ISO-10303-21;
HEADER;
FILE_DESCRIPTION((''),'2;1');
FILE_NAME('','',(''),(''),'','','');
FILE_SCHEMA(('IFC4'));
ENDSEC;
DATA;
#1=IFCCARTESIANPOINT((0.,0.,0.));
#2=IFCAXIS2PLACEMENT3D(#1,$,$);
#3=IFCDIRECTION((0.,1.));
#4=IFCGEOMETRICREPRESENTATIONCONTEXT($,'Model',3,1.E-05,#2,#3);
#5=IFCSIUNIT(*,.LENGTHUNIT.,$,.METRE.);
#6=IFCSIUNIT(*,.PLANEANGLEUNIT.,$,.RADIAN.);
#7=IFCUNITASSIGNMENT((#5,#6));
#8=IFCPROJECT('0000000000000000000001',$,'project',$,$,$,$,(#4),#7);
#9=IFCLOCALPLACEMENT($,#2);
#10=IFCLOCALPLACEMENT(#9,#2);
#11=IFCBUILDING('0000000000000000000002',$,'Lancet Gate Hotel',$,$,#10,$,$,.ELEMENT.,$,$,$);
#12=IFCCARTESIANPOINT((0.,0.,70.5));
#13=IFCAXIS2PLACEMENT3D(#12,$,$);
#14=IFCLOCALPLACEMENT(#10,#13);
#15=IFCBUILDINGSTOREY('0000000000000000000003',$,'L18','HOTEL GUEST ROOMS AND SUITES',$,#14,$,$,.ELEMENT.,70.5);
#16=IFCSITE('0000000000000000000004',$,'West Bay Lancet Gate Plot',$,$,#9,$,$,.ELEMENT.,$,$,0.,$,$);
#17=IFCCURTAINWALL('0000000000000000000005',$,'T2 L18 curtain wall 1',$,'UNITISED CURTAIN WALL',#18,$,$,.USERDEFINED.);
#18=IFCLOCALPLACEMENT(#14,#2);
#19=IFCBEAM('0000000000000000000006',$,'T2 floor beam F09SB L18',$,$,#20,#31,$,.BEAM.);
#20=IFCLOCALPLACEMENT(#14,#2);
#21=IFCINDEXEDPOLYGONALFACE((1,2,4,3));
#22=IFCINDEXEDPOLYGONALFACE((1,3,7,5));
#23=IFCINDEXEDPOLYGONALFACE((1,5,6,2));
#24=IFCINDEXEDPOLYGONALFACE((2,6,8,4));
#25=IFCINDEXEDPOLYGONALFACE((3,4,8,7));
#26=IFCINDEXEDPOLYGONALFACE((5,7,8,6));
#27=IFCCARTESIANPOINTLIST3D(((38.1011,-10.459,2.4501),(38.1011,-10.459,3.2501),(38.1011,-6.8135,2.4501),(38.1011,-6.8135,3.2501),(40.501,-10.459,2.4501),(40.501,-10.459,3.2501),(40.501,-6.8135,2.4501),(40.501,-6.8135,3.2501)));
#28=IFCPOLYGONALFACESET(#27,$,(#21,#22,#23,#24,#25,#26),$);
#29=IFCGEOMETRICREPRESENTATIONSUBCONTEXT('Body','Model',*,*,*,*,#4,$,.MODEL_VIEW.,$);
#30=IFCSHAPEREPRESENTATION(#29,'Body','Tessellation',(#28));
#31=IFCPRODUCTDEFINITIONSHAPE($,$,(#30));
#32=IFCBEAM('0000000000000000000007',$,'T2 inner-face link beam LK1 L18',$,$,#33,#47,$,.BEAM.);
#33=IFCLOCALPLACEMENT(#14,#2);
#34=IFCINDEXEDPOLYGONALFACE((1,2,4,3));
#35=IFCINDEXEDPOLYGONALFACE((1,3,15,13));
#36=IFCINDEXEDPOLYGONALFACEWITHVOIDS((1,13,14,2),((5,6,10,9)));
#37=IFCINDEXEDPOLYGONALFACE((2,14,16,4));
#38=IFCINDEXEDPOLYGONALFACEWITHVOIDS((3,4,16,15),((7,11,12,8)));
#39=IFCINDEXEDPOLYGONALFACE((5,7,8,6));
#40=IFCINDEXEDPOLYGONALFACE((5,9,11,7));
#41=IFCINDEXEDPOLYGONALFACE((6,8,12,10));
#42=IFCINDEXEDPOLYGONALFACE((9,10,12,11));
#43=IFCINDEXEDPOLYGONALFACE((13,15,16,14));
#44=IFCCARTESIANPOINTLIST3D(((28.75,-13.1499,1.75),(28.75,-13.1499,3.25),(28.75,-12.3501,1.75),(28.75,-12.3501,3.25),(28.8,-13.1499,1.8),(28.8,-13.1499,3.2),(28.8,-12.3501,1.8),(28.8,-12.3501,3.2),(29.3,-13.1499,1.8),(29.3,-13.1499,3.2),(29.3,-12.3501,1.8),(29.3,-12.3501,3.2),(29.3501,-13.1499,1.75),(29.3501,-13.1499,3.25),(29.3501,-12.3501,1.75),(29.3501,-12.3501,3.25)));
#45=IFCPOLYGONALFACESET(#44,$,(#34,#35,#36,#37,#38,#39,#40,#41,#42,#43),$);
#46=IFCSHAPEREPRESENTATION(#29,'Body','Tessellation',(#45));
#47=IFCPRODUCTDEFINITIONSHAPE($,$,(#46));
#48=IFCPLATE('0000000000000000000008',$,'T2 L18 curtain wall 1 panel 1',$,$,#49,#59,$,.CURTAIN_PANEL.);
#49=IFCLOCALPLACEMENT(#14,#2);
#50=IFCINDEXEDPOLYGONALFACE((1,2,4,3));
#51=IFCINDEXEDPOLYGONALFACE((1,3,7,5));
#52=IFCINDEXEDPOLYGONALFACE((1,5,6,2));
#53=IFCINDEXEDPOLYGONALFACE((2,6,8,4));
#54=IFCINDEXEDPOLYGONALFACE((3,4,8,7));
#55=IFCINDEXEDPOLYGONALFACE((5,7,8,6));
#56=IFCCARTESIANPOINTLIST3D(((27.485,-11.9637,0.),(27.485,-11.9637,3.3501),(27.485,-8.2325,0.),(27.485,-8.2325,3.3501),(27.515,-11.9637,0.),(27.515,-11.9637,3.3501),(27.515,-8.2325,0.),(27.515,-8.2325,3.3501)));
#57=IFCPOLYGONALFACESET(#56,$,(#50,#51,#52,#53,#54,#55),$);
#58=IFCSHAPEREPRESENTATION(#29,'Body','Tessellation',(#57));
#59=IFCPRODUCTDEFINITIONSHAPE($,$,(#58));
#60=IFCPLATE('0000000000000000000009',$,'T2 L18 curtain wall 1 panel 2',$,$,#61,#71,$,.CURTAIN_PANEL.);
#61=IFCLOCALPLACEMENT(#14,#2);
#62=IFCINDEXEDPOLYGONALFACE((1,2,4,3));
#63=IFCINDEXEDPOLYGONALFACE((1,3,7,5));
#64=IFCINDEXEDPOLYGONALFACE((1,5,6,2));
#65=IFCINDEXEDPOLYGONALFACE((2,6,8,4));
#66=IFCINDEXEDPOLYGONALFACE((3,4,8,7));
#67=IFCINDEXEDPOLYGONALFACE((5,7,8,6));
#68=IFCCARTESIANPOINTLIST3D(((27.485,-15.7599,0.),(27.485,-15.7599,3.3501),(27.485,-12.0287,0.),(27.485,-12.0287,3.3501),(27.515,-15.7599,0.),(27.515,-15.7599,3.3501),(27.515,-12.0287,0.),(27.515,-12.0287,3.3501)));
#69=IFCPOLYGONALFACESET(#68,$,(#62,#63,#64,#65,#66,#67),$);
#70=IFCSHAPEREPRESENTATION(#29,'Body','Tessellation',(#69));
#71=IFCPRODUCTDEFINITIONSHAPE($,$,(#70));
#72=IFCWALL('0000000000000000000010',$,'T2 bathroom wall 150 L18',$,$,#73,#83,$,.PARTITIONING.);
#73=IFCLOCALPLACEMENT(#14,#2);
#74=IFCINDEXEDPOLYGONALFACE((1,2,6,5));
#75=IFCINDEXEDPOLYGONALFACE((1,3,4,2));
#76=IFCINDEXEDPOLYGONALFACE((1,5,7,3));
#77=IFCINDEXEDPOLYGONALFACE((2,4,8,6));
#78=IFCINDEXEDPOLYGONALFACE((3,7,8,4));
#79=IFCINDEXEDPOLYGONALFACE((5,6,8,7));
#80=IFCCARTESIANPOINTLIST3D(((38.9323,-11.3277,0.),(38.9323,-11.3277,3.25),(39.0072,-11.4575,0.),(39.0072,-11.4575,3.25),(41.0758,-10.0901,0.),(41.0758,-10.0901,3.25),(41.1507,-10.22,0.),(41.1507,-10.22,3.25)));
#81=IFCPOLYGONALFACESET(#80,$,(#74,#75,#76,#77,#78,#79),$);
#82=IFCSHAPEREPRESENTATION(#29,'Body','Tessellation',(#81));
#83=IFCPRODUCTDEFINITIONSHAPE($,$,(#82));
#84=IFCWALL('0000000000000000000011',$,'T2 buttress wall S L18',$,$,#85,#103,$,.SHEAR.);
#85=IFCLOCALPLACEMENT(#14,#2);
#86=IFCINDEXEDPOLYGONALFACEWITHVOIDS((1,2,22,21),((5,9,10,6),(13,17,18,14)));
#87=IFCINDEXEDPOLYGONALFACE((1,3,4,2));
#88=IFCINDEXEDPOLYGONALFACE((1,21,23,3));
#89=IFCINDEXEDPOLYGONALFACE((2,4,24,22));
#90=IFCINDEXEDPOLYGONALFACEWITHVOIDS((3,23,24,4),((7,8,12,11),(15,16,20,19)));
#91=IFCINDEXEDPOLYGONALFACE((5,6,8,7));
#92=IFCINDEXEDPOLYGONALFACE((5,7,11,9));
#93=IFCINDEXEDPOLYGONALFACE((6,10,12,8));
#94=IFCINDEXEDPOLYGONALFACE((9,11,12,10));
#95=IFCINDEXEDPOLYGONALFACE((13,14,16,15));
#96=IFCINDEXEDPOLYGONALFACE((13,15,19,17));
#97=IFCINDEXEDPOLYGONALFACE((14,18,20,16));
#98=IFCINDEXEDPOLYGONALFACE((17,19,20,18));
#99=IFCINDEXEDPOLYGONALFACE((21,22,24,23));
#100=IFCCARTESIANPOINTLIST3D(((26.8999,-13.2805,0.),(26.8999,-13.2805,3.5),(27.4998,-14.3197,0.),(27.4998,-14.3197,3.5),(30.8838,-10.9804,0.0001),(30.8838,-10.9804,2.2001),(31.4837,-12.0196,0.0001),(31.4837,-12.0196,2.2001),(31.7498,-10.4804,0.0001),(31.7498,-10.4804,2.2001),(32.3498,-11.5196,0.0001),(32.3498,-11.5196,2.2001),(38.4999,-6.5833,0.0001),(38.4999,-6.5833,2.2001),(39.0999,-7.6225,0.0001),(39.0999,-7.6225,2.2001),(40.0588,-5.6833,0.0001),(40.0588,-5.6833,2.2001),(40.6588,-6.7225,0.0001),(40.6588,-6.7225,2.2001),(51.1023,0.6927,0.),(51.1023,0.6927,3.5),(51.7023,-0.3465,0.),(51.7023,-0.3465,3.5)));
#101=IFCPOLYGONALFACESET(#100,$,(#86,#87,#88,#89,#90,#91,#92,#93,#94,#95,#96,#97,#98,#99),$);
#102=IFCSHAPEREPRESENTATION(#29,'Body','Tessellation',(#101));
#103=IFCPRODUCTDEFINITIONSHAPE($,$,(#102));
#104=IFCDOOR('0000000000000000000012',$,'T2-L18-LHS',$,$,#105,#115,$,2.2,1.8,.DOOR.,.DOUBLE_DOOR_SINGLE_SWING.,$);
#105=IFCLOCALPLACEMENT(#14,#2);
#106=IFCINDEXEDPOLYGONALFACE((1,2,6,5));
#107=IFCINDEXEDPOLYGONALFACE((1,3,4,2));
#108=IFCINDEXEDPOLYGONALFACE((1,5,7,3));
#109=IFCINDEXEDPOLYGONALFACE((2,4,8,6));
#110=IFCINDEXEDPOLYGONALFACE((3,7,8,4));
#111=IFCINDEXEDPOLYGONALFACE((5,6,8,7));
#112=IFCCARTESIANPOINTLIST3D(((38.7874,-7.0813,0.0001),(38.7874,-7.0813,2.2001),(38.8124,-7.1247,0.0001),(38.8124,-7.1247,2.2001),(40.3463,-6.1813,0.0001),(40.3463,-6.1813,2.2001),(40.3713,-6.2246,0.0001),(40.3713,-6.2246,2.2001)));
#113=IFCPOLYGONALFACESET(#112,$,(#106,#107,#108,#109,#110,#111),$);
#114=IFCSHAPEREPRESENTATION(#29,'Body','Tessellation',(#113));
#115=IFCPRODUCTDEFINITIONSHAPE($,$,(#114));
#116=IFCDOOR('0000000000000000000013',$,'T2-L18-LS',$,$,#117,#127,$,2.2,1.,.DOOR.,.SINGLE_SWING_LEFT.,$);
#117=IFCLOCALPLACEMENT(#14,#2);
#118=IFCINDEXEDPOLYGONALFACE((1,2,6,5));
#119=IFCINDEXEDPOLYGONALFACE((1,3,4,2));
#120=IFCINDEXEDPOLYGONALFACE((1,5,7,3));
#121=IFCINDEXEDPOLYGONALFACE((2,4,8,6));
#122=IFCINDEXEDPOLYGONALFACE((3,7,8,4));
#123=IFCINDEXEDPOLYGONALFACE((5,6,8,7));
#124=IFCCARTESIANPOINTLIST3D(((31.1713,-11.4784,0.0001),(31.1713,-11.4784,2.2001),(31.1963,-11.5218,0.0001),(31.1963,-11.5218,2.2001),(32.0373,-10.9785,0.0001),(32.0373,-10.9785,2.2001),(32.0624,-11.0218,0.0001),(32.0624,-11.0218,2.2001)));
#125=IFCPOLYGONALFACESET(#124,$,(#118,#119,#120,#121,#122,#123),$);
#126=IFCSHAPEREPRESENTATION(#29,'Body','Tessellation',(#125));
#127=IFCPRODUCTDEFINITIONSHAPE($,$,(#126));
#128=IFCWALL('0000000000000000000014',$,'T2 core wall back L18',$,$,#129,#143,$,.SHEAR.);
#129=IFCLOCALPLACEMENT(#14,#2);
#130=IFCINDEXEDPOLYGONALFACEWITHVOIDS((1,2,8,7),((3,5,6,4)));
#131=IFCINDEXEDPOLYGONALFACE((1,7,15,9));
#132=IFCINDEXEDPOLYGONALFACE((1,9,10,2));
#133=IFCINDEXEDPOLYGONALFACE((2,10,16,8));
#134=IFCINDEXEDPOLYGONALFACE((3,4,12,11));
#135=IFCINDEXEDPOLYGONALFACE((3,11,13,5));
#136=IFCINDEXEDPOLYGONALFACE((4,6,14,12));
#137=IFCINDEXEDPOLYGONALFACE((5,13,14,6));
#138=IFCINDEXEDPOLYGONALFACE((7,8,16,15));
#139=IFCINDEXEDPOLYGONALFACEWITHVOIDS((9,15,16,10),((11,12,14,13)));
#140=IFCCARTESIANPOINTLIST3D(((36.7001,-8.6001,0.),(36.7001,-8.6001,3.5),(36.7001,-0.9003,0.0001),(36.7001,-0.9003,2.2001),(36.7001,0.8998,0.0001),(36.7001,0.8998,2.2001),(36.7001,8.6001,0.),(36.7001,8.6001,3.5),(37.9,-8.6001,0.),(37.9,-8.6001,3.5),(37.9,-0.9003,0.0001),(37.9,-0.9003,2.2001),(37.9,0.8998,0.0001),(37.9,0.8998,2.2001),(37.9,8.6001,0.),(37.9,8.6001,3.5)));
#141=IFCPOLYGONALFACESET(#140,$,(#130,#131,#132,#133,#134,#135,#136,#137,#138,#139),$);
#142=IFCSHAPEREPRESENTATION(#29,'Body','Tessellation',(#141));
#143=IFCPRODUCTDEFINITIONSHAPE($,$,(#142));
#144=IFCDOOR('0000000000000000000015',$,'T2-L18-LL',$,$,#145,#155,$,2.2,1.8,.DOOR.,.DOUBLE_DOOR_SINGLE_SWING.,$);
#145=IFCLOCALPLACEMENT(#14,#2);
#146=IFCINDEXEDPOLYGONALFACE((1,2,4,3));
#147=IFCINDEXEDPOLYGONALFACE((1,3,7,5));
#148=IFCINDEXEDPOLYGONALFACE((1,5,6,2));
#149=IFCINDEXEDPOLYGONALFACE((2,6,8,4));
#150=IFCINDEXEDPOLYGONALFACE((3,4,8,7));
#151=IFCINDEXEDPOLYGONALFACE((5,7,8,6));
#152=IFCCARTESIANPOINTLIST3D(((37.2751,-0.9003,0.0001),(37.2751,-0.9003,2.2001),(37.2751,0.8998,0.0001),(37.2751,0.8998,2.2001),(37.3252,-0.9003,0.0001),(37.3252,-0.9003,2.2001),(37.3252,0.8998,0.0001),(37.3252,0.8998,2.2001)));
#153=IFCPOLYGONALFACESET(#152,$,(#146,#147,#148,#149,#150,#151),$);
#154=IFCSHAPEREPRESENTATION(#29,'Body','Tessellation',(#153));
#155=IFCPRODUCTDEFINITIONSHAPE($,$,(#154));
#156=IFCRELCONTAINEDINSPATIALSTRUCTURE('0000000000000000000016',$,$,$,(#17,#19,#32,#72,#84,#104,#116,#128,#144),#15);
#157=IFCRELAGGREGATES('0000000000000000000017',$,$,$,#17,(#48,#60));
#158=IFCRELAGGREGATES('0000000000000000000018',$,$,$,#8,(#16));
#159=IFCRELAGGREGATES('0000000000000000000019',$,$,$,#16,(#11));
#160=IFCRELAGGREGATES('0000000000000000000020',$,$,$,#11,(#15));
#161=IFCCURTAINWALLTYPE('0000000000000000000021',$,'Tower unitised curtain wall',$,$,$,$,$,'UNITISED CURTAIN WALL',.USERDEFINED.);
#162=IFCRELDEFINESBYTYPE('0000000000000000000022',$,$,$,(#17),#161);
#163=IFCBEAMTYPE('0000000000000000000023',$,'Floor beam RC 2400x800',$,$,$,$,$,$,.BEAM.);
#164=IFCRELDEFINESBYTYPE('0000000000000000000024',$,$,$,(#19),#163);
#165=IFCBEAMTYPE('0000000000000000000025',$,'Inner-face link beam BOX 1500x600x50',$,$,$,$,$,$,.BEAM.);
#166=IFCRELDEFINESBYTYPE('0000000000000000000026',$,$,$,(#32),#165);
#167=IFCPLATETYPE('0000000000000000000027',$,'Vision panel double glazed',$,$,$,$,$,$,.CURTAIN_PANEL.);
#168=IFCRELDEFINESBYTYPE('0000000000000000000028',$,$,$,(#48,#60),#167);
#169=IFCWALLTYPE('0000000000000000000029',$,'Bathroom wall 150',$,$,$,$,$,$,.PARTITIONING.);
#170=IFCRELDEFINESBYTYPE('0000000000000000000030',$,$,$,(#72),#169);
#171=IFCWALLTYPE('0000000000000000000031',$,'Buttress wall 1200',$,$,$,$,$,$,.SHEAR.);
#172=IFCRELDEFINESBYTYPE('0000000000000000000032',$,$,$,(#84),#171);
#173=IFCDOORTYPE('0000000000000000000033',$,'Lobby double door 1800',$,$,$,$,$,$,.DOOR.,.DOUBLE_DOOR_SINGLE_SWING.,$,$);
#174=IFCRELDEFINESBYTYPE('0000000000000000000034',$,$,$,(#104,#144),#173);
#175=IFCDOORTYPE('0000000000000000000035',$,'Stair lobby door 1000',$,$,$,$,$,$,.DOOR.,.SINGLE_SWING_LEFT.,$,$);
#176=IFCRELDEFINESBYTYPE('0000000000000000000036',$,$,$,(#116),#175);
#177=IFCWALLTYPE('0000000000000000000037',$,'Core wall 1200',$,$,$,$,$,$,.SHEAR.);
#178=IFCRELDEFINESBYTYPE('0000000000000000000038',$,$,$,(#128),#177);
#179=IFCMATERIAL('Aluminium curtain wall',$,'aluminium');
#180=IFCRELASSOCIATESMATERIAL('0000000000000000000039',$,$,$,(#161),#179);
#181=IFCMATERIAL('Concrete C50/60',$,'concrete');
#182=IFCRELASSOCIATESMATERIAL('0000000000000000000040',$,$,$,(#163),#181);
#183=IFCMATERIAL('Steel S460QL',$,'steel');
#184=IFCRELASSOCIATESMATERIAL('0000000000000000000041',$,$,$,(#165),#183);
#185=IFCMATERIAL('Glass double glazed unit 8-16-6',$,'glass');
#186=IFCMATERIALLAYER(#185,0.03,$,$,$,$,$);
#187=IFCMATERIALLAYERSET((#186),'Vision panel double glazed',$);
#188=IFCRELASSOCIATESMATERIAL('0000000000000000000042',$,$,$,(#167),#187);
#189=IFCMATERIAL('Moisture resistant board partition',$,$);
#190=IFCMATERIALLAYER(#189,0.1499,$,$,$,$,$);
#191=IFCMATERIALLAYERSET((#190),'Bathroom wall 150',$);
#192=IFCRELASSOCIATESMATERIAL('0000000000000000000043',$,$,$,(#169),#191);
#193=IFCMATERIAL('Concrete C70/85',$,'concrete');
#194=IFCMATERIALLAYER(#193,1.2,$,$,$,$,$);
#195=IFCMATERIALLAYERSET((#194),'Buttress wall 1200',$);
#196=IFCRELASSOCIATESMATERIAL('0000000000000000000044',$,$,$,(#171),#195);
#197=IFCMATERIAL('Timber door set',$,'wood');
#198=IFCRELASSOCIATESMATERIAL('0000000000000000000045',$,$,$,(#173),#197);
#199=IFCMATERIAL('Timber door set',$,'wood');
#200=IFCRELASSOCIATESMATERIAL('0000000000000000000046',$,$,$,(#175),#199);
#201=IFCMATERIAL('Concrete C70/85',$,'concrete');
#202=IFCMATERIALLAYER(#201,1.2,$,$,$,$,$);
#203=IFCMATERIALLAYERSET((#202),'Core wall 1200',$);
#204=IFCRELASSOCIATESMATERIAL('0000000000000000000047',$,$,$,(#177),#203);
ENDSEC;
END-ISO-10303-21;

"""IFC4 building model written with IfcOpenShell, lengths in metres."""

from ifc_helpers import new_model, si_unit, direction, frame, frame_2d, origin, origin_2d, place, context, subcontext, project, spatial, rectangle, hollow_rectangle, extrude, material, layer, layer_set, material_profile, profile_set, type_object, element, fill, aggregate, save


model = new_model("IFC4")

# Units and contexts
model_context = context("Model", 3, precision=1e-05, world=origin(), true_north=direction((0.0, 1.0)))
body_context = subcontext(model_context, "Body", "Model", "MODEL_VIEW")
ifc_project = project(units=[si_unit("LENGTHUNIT", "METRE"), si_unit("PLANEANGLEUNIT", "RADIAN")], contexts=[model_context])

# Site, building, storey
site_placement = place(None, origin())
site = spatial("IfcSite", under=ifc_project, at=site_placement, Name="West Bay Lancet Gate Plot", CompositionType="ELEMENT", RefElevation=0.0)
building_placement = place(site_placement, origin())
building = spatial("IfcBuilding", under=site, at=building_placement, Name="Lancet Gate Hotel", CompositionType="ELEMENT")
storey_placement = place(building_placement, frame((0.0, 0.0, 70.5)))
storey = spatial("IfcBuildingStorey", under=building, at=storey_placement, Name="L18", Description="HOTEL GUEST ROOMS AND SUITES", CompositionType="ELEMENT", Elevation=70.5)

# Curtain wall
ifc_material_1 = material(Name="Aluminium curtain wall", Category="aluminium")
curtain_wall_type = type_object("IfcCurtainWallType", Name="Tower unitised curtain wall", ElementType="UNITISED CURTAIN WALL", PredefinedType="USERDEFINED", material=ifc_material_1)
curtain_wall_placement = place(storey_placement, origin())
curtain_wall = element("IfcCurtainWall", 1, at=curtain_wall_placement, inside=storey, type_object=curtain_wall_type, Name="T2 L18 curtain wall 1", ObjectType="UNITISED CURTAIN WALL", PredefinedType="USERDEFINED")

# Beams
ifc_material_2 = material(Name="Concrete C50/60", Category="concrete")
ifc_material_profile_1 = material_profile(ifc_material_2, rectangle(XDim=2.3999, YDim=0.8, at=origin_2d()), Name="RC 2400x800")
ifc_profile_set_1 = profile_set([ifc_material_profile_1], Name="Concrete C50/60")
beam_type_1 = type_object("IfcBeamType", Name="Floor beam RC 2400x800", PredefinedType="BEAM", material=ifc_profile_set_1)
beam_1_placement = place(storey_placement, frame((39.301, -10.459, 2.8501), z_axis=(0.0, 1.0, 0.0), x_axis=(-1.0, 0.0, 0.0)))
element("IfcBeam", 2, at=beam_1_placement, inside=storey, type_object=beam_type_1, Name="T2 floor beam F09SB L18", PredefinedType="BEAM", context=body_context, shape_type="SweptSolid", body=[
    extrude(rectangle(XDim=2.3999, YDim=0.8, at=origin_2d()), origin(), (0.0, 0.0, 1.0), 3.6455),
])
ifc_material_3 = material(Name="Steel S460QL", Category="steel")
ifc_material_profile_2 = material_profile(ifc_material_3, hollow_rectangle(XDim=0.6001, YDim=1.5, WallThickness=0.05, at=origin_2d()), Name="BOX 1500x600x50")
ifc_profile_set_2 = profile_set([ifc_material_profile_2], Name="Steel S460QL")
beam_type_2 = type_object("IfcBeamType", Name="Inner-face link beam BOX 1500x600x50", PredefinedType="BEAM", material=ifc_profile_set_2)
beam_2_placement = place(storey_placement, frame((29.05, -13.1499, 2.5), z_axis=(0.0, 1.0, 0.0), x_axis=(-1.0, 0.0, 0.0)))
element("IfcBeam", 3, at=beam_2_placement, inside=storey, type_object=beam_type_2, Name="T2 inner-face link beam LK1 L18", PredefinedType="BEAM", context=body_context, shape_type="SweptSolid", body=[
    extrude(hollow_rectangle(XDim=0.6001, YDim=1.5, WallThickness=0.05, at=origin_2d()), origin(), (0.0, 0.0, 1.0), 0.7998),
])

# Plates
ifc_material_4 = material(Name="Glass double glazed unit 8-16-6", Category="glass")
ifc_layer_1 = layer(ifc_material_4, 0.03)
ifc_layer_set_1 = layer_set([ifc_layer_1], Name="Vision panel double glazed")
plate_type = type_object("IfcPlateType", Name="Vision panel double glazed", PredefinedType="CURTAIN_PANEL", material=ifc_layer_set_1)
plate_1_placement = place(storey_placement, frame((27.5, -10.0981, 0.0), z_axis=(0.0, 0.0, 1.0), x_axis=(0.0, -1.0, 0.0)))
plate_1 = element("IfcPlate", 4, at=plate_1_placement, type_object=plate_type, Name="T2 L18 curtain wall 1 panel 1", PredefinedType="CURTAIN_PANEL", context=body_context, shape_type="SweptSolid", body=[
    extrude(rectangle(XDim=3.7312, YDim=0.03, at=origin_2d()), origin(), (0.0, 0.0, 1.0), 3.3501),
])
plate_2_placement = place(storey_placement, frame((27.5, -13.8943, 0.0), z_axis=(0.0, 0.0, 1.0), x_axis=(0.0, -1.0, 0.0)))
plate_2 = element("IfcPlate", 5, at=plate_2_placement, type_object=plate_type, Name="T2 L18 curtain wall 1 panel 2", PredefinedType="CURTAIN_PANEL", context=body_context, shape_type="SweptSolid", body=[
    extrude(rectangle(XDim=3.7312, YDim=0.03, at=origin_2d()), origin(), (0.0, 0.0, 1.0), 3.3501),
])
aggregate(curtain_wall, [plate_1, plate_2])

# Wall
ifc_material_5 = material(Name="Moisture resistant board partition")
ifc_layer_2 = layer(ifc_material_5, 0.1499)
ifc_layer_set_2 = layer_set([ifc_layer_2], Name="Bathroom wall 150")
wall_type_1 = type_object("IfcWallType", Name="Bathroom wall 150", PredefinedType="PARTITIONING", material=ifc_layer_set_2)
wall_1_placement = place(storey_placement, frame((38.9697, -11.3926, 0.0), z_axis=(0.0, 0.0, 1.0), x_axis=(0.866031, 0.49999, 0.0)))
element("IfcWall", 6, at=wall_1_placement, inside=storey, type_object=wall_type_1, Name="T2 bathroom wall 150 L18", PredefinedType="PARTITIONING", context=body_context, shape_type="SweptSolid", body=[
    extrude(rectangle(XDim=2.4751, YDim=0.1499, at=frame_2d((1.2375, 0.0))), origin(), (0.0, 0.0, 1.0), 3.25),
])

# Wall, openings, doors
ifc_material_6 = material(Name="Concrete C70/85", Category="concrete")
ifc_layer_3 = layer(ifc_material_6, 1.2)
ifc_layer_set_3 = layer_set([ifc_layer_3], Name="Buttress wall 1200")
wall_type_2 = type_object("IfcWallType", Name="Buttress wall 1200", PredefinedType="SHEAR", material=ifc_layer_set_3)
wall_2_placement = place(storey_placement, frame((27.2, -13.8, 0.0), z_axis=(0.0, 0.0, 1.0), x_axis=(0.866027, 0.499997, 0.0)))
wall_2 = element("IfcWall", 7, at=wall_2_placement, inside=storey, type_object=wall_type_2, Name="T2 buttress wall S L18", PredefinedType="SHEAR", context=body_context, shape_type="SweptSolid", body=[
    extrude(rectangle(XDim=27.9465, YDim=1.2, at=frame_2d((13.9731, 0.0))), origin(), (0.0, 0.0, 1.0), 3.5),
])
opening_1_placement = place(wall_2_placement, frame((4.6001, 0.0, 0.0)))
opening_1 = element("IfcOpeningElement", 8, at=opening_1_placement, cuts=wall_2, PredefinedType="OPENING", context=body_context, shape_type="SweptSolid", body=[
    extrude(rectangle(XDim=1.0, YDim=2.2, at=frame_2d((0.5, 1.1001))), frame((0.0, 0.6099, 0.0), z_axis=(0.0, -1.0, 0.0), x_axis=(1.0, 0.0, 0.0)), (0.0, 0.0, 1.0), 1.22),
])
opening_2_placement = place(wall_2_placement, frame((13.3945, 0.0, 0.0)))
opening_2 = element("IfcOpeningElement", 9, at=opening_2_placement, cuts=wall_2, PredefinedType="OPENING", context=body_context, shape_type="SweptSolid", body=[
    extrude(rectangle(XDim=1.8, YDim=2.2, at=frame_2d((0.8999, 1.1001))), frame((0.0, 0.6099, 0.0), z_axis=(0.0, -1.0, 0.0), x_axis=(1.0, 0.0, 0.0)), (0.0, 0.0, 1.0), 1.22),
])
ifc_material_7 = material(Name="Timber door set", Category="wood")
door_type_1 = type_object("IfcDoorType", Name="Lobby double door 1800", OperationType="DOUBLE_DOOR_SINGLE_SWING", PredefinedType="DOOR", material=ifc_material_7)
door_1_placement = place(opening_2_placement, origin())
door_1 = element("IfcDoor", 10, at=door_1_placement, inside=storey, type_object=door_type_1, Name="T2-L18-LHS", OperationType="DOUBLE_DOOR_SINGLE_SWING", OverallHeight=2.2, OverallWidth=1.8, PredefinedType="DOOR", context=body_context, shape_type="SweptSolid", body=[
    extrude(rectangle(XDim=1.8, YDim=2.2, at=frame_2d((0.8999, 1.1001))), frame((0.0, 0.0249, 0.0), z_axis=(0.0, -1.0, 0.0), x_axis=(1.0, 0.0, 0.0)), (0.0, 0.0, 1.0), 0.05),
])
fill(opening_2, door_1)
ifc_material_8 = material(Name="Timber door set", Category="wood")
door_type_2 = type_object("IfcDoorType", Name="Stair lobby door 1000", OperationType="SINGLE_SWING_LEFT", PredefinedType="DOOR", material=ifc_material_8)
door_2_placement = place(opening_1_placement, origin())
door_2 = element("IfcDoor", 11, at=door_2_placement, inside=storey, type_object=door_type_2, Name="T2-L18-LS", OperationType="SINGLE_SWING_LEFT", OverallHeight=2.2, OverallWidth=1.0, PredefinedType="DOOR", context=body_context, shape_type="SweptSolid", body=[
    extrude(rectangle(XDim=1.0, YDim=2.2, at=frame_2d((0.5, 1.1001))), frame((0.0, 0.0249, 0.0), z_axis=(0.0, -1.0, 0.0), x_axis=(1.0, 0.0, 0.0)), (0.0, 0.0, 1.0), 0.05),
])
fill(opening_1, door_2)

# Wall, opening, door
ifc_material_9 = material(Name="Concrete C70/85", Category="concrete")
ifc_layer_4 = layer(ifc_material_9, 1.2)
ifc_layer_set_4 = layer_set([ifc_layer_4], Name="Core wall 1200")
wall_type_3 = type_object("IfcWallType", Name="Core wall 1200", PredefinedType="SHEAR", material=ifc_layer_set_4)
wall_3_placement = place(storey_placement, frame((37.3, -8.6001, 0.0), z_axis=(0.0, 0.0, 1.0), x_axis=(0.0, 1.0, 0.0)))
wall_3 = element("IfcWall", 12, at=wall_3_placement, inside=storey, type_object=wall_type_3, Name="T2 core wall back L18", PredefinedType="SHEAR", context=body_context, shape_type="SweptSolid", body=[
    extrude(rectangle(XDim=17.2002, YDim=1.2, at=frame_2d((8.6001, 0.0))), origin(), (0.0, 0.0, 1.0), 3.5),
])
opening_3_placement = place(wall_3_placement, frame((7.7, 0.0, 0.0)))
opening_3 = element("IfcOpeningElement", 13, at=opening_3_placement, cuts=wall_3, PredefinedType="OPENING", context=body_context, shape_type="SweptSolid", body=[
    extrude(rectangle(XDim=1.8, YDim=2.2, at=frame_2d((0.8999, 1.1001))), frame((0.0, 0.6099, 0.0), z_axis=(0.0, -1.0, 0.0), x_axis=(1.0, 0.0, 0.0)), (0.0, 0.0, 1.0), 1.22),
])
door_3_placement = place(opening_3_placement, origin())
door_3 = element("IfcDoor", 14, at=door_3_placement, inside=storey, type_object=door_type_1, Name="T2-L18-LL", OperationType="DOUBLE_DOOR_SINGLE_SWING", OverallHeight=2.2, OverallWidth=1.8, PredefinedType="DOOR", context=body_context, shape_type="SweptSolid", body=[
    extrude(rectangle(XDim=1.8, YDim=2.2, at=frame_2d((0.8999, 1.1001))), frame((0.0, 0.0249, 0.0), z_axis=(0.0, -1.0, 0.0), x_axis=(1.0, 0.0, 0.0)), (0.0, 0.0, 1.0), 0.05),
])
fill(opening_3, door_3)

save(model, "model.ifc")
